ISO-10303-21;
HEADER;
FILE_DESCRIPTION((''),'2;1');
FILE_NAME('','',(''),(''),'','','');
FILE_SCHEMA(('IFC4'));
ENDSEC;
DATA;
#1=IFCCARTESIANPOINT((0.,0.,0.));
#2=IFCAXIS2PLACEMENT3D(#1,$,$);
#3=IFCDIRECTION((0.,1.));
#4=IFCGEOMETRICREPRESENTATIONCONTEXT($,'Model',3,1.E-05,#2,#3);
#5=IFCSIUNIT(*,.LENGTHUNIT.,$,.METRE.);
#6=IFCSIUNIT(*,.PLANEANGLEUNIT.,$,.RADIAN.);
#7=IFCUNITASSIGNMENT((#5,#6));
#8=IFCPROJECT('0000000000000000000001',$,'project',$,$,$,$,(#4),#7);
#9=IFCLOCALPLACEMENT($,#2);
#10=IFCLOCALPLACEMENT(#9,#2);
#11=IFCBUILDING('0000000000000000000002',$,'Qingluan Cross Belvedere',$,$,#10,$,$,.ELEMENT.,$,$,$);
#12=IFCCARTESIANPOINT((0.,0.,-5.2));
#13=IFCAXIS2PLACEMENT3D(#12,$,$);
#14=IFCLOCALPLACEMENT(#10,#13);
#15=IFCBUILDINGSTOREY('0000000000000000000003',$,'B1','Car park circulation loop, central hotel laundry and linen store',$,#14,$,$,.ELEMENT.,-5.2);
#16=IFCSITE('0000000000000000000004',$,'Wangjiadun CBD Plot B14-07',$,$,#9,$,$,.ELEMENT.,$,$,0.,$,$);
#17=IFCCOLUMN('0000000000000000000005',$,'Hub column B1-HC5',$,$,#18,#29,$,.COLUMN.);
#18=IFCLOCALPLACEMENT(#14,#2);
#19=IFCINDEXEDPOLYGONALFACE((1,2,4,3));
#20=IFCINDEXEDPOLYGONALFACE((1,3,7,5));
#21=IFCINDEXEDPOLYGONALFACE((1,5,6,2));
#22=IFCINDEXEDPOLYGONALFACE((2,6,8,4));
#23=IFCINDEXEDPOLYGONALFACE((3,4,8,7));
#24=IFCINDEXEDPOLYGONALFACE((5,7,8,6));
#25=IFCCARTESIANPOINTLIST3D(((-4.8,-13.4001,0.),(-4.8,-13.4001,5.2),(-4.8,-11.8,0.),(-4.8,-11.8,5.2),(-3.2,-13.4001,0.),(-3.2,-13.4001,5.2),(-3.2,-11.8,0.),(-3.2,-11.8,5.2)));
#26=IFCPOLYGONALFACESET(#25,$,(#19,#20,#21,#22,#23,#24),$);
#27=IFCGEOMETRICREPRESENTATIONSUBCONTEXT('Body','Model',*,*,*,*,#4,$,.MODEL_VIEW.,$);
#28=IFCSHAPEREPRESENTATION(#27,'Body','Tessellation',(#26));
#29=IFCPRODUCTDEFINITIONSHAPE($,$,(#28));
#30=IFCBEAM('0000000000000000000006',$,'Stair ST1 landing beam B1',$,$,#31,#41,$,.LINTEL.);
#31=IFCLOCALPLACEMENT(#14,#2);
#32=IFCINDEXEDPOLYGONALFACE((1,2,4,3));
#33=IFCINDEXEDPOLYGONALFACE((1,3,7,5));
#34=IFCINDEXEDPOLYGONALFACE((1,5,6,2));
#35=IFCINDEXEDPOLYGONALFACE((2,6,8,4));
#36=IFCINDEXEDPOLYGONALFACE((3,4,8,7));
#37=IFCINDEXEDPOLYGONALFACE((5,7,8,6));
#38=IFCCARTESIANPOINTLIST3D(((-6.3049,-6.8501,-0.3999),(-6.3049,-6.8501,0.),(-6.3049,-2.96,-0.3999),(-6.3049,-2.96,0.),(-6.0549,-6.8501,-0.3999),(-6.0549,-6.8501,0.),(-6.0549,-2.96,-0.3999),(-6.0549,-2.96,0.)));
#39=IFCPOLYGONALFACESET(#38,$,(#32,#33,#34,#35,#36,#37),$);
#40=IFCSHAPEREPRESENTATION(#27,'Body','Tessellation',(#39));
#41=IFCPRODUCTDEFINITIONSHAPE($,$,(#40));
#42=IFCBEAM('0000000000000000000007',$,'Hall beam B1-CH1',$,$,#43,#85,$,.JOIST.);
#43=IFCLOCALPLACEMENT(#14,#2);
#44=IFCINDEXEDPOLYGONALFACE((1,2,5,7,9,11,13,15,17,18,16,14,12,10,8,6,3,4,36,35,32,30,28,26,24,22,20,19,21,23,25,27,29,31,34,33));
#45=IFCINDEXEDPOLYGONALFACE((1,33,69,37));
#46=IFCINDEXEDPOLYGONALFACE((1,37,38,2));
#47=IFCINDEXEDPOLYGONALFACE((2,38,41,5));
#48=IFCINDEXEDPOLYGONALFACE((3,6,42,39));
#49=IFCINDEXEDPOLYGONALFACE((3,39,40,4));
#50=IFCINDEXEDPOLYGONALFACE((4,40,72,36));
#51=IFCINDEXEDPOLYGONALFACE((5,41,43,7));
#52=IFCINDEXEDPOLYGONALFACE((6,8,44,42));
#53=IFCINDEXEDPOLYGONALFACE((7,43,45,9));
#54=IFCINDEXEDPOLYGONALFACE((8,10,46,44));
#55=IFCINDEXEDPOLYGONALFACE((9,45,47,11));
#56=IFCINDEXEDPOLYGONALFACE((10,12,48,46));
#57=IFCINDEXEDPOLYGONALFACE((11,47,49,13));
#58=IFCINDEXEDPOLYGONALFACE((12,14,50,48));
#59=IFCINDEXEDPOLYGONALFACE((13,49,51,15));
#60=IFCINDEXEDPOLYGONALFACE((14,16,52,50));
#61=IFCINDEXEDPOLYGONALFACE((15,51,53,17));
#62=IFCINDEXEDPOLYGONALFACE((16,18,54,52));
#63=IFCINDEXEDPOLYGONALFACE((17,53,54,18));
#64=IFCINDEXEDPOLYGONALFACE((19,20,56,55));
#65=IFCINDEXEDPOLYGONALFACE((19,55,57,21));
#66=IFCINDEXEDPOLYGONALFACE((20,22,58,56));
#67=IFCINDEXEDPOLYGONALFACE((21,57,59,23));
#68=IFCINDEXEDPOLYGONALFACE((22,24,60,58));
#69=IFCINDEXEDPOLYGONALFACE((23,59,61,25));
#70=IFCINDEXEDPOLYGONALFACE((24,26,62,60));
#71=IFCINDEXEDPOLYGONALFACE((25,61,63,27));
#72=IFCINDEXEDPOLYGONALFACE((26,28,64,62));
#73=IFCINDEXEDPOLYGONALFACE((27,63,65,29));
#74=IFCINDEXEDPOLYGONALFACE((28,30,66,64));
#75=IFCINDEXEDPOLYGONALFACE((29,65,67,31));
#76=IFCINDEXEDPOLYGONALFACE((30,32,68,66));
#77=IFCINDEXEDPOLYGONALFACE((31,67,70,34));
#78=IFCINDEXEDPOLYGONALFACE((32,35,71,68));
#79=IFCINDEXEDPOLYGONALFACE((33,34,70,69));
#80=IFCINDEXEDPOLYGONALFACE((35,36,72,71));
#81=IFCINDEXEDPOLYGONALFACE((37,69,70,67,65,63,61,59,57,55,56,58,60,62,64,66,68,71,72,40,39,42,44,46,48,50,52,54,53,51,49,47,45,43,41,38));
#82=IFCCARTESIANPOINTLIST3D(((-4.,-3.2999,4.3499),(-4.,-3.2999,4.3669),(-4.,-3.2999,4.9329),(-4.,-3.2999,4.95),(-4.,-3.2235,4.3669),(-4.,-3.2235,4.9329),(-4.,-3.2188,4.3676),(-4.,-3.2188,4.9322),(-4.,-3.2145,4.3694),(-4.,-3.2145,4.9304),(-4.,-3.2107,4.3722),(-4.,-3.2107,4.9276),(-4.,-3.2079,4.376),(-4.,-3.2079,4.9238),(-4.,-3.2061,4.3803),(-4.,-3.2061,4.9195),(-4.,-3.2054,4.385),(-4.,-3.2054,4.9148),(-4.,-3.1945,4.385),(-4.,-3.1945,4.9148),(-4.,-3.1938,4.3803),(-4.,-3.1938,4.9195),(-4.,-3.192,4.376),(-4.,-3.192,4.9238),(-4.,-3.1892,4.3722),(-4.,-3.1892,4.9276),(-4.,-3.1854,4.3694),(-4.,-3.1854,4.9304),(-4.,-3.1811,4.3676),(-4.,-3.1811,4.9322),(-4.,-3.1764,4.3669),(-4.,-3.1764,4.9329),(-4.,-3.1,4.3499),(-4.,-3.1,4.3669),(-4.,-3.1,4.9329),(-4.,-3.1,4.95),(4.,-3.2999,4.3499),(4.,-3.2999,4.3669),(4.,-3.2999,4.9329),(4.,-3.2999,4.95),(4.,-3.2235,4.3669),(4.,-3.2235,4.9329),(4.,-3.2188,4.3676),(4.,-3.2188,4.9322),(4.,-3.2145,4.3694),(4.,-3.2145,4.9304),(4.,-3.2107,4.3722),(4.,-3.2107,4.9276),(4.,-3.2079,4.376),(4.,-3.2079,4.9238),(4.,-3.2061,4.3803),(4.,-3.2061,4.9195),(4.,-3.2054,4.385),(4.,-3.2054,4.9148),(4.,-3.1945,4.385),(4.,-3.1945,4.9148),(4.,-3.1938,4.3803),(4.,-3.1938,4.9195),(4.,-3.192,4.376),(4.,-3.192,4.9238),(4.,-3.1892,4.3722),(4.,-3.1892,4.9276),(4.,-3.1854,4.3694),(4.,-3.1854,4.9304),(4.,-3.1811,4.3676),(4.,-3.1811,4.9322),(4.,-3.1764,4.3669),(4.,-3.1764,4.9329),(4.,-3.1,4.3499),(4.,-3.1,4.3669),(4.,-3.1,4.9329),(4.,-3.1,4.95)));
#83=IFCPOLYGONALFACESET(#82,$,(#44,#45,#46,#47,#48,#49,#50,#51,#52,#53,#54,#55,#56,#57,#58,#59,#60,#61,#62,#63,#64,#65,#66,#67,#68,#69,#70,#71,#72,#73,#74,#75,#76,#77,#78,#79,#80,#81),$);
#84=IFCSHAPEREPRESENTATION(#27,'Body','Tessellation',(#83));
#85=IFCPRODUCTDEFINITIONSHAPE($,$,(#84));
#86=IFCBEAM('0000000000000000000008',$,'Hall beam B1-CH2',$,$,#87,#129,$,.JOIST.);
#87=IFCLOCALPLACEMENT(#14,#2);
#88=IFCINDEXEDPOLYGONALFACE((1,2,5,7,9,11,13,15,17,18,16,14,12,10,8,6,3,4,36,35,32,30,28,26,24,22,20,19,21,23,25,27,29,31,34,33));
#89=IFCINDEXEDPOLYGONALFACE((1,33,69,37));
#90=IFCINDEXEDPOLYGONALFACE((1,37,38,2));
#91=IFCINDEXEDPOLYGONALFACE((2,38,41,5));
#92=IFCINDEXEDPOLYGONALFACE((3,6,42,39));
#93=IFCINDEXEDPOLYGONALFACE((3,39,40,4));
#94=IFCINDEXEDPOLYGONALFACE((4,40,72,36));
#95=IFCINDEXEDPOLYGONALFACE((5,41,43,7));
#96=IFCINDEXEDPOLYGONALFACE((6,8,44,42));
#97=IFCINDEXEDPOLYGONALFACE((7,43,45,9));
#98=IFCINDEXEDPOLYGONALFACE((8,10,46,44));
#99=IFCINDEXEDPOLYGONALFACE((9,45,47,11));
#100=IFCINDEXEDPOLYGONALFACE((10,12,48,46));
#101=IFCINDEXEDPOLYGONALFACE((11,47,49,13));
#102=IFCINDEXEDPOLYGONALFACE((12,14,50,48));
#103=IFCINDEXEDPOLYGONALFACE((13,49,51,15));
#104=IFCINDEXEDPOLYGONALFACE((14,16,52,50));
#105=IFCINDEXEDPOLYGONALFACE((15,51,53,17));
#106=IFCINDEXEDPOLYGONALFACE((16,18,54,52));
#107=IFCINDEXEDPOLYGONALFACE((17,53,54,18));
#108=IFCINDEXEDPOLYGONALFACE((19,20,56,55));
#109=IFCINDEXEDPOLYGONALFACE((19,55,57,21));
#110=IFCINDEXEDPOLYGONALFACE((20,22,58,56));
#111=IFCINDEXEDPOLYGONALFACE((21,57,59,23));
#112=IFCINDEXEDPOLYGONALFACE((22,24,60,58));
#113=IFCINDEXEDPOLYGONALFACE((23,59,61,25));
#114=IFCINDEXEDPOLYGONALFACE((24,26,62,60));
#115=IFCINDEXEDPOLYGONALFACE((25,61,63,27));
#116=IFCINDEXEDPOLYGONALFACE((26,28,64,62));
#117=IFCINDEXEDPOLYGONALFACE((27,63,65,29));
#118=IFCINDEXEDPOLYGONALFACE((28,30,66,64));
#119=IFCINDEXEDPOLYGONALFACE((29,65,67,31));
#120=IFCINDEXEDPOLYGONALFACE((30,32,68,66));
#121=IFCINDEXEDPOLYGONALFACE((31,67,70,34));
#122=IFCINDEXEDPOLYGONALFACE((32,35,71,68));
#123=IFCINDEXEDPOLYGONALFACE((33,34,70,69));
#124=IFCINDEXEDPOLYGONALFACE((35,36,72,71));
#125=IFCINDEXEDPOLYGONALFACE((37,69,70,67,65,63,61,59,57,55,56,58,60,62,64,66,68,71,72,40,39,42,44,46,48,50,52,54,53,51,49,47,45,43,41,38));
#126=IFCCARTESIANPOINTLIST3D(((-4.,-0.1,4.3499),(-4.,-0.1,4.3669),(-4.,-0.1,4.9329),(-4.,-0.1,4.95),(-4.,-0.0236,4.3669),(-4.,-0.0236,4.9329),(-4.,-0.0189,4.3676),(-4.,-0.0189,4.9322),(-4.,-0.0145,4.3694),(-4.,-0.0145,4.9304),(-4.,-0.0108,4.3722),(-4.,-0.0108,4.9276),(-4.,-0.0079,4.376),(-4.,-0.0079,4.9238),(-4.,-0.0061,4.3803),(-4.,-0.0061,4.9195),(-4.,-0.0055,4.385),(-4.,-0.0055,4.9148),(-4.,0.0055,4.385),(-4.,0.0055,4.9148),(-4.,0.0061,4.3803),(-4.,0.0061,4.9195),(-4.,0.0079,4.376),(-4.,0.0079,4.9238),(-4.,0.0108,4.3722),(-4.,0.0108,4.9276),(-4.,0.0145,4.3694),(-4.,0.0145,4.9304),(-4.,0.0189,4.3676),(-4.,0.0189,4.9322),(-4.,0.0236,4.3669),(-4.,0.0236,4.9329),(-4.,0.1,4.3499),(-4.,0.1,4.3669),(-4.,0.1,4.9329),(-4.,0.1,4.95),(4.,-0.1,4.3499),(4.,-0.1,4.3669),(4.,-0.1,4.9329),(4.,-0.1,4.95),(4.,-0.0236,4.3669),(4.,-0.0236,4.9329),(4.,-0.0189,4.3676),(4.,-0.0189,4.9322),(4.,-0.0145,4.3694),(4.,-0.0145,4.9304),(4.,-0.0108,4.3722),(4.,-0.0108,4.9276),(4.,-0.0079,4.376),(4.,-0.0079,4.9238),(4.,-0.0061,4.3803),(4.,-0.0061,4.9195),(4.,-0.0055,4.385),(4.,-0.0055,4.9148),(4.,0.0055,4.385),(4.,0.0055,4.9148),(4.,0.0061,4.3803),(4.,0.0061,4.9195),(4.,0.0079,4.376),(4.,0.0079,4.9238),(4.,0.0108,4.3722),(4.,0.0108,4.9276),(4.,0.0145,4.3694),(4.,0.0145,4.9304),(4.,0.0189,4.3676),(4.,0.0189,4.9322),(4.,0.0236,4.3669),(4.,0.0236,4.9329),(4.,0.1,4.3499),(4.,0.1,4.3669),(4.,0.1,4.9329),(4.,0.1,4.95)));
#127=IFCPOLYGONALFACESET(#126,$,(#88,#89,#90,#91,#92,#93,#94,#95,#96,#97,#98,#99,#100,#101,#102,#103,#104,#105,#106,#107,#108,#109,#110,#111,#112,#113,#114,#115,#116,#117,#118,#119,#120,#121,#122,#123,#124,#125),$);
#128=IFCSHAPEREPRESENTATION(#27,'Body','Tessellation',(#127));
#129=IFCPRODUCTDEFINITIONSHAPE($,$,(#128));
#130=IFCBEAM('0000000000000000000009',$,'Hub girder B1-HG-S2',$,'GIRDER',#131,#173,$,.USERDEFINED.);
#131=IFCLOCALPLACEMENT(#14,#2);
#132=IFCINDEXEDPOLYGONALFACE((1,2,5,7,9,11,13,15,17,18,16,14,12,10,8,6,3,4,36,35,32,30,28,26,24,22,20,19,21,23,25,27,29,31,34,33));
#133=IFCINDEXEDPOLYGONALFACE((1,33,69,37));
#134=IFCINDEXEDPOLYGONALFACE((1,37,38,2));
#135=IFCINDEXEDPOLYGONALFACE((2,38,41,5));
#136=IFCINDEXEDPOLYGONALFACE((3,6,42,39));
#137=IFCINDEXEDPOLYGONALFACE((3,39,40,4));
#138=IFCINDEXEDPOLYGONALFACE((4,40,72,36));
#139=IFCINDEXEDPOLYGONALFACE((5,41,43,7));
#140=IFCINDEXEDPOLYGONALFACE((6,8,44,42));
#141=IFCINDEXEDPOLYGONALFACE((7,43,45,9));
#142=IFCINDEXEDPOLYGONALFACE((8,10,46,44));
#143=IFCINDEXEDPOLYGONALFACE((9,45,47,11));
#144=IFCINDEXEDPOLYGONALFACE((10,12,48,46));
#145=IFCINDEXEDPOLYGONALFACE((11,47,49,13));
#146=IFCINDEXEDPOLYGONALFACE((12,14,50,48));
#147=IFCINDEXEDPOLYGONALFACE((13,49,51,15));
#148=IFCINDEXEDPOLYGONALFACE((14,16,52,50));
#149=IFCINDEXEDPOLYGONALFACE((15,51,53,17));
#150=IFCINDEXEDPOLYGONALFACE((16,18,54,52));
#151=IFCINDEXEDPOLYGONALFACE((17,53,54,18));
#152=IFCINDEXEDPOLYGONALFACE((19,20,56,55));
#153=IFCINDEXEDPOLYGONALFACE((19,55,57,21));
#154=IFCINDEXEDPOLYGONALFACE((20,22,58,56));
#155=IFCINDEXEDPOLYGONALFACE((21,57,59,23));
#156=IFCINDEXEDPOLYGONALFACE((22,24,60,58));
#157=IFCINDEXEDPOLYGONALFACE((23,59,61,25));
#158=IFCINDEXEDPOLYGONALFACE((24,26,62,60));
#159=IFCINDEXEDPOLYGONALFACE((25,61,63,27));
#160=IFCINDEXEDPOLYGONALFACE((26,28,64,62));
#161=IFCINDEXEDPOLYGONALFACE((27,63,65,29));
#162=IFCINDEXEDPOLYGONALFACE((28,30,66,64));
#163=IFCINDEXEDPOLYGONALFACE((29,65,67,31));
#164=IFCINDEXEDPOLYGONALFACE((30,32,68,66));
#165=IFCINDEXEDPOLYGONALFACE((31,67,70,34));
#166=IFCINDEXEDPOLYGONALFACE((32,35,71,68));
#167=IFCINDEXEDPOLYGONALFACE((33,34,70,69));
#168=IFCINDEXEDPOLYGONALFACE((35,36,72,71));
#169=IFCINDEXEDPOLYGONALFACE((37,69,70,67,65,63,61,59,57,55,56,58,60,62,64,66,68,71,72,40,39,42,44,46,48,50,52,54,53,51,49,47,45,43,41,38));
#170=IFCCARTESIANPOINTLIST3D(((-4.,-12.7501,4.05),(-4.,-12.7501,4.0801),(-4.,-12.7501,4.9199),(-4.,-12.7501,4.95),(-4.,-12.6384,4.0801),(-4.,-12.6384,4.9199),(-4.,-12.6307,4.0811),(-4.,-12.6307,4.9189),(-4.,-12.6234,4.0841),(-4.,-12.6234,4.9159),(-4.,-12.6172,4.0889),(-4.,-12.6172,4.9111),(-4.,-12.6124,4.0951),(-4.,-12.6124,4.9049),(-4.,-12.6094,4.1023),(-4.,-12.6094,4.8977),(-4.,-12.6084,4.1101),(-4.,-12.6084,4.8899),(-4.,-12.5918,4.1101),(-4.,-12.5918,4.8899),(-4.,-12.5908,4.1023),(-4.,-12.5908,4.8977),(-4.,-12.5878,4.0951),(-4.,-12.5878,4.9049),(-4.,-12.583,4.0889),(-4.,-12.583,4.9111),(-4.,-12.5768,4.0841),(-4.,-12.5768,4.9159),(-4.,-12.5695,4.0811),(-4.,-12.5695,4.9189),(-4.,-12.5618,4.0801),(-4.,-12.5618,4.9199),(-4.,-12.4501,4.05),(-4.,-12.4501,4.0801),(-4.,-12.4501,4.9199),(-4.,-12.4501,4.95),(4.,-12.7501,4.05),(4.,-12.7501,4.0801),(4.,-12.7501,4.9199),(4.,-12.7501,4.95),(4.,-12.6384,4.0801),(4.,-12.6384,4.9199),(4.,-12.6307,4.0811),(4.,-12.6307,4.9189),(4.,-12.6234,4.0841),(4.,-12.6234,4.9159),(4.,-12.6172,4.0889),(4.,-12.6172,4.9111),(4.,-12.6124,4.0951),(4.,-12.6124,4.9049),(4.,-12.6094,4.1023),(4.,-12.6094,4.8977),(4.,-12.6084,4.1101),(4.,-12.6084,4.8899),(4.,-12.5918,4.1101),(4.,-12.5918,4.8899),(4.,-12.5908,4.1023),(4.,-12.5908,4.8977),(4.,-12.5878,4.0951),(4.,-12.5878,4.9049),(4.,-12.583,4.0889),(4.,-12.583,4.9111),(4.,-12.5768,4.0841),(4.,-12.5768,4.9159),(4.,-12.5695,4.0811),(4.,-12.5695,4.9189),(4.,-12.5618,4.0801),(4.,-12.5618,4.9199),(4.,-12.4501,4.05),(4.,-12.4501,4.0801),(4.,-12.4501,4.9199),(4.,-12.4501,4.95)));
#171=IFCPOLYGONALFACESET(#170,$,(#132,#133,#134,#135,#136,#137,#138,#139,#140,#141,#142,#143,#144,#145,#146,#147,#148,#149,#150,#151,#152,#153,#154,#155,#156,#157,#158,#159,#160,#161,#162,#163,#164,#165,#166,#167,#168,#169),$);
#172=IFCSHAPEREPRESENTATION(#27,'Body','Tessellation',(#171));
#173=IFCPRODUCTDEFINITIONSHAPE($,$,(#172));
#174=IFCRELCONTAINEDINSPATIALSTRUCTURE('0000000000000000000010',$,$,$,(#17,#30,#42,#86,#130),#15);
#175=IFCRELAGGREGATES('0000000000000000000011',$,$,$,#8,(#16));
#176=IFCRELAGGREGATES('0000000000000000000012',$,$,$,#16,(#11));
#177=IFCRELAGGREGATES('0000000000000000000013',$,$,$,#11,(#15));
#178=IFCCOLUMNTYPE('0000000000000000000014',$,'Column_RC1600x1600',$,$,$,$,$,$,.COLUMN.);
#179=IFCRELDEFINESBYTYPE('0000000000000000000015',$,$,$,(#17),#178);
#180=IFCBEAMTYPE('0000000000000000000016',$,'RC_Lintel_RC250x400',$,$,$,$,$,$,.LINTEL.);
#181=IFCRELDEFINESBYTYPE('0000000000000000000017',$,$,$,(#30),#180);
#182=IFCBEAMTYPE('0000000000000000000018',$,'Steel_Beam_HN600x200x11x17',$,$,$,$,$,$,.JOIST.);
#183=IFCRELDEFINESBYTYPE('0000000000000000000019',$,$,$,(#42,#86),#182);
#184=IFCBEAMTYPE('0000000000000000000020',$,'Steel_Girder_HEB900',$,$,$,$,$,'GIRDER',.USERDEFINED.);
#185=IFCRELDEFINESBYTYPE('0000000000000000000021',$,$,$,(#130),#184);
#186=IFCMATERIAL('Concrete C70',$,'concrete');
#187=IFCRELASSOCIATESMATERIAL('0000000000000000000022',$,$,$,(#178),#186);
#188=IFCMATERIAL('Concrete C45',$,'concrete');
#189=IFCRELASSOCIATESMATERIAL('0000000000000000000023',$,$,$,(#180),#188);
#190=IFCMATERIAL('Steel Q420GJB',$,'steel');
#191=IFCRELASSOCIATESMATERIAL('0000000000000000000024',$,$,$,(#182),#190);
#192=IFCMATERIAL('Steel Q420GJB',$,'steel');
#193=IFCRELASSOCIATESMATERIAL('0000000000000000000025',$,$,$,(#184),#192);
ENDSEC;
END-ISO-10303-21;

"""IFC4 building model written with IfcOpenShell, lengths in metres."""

from ifc_helpers import new_model, si_unit, direction, frame, origin, origin_2d, place, context, subcontext, project, spatial, rectangle, i_section, extrude, material, material_profile, profile_set, type_object, element, save


model = new_model("IFC4")

# Units and contexts
model_context = context("Model", 3, precision=1e-05, world=origin(), true_north=direction((0.0, 1.0)))
body_context = subcontext(model_context, "Body", "Model", "MODEL_VIEW")
ifc_project = project(units=[si_unit("LENGTHUNIT", "METRE"), si_unit("PLANEANGLEUNIT", "RADIAN")], contexts=[model_context])

# Site, building, storey
site_placement = place(None, origin())
site = spatial("IfcSite", under=ifc_project, at=site_placement, Name="Wangjiadun CBD Plot B14-07", CompositionType="ELEMENT", RefElevation=0.0)
building_placement = place(site_placement, origin())
building = spatial("IfcBuilding", under=site, at=building_placement, Name="Qingluan Cross Belvedere", CompositionType="ELEMENT")
storey_placement = place(building_placement, frame((0.0, 0.0, -5.2)))
storey = spatial("IfcBuildingStorey", under=building, at=storey_placement, Name="B1", Description="Car park circulation loop, central hotel laundry and linen store", CompositionType="ELEMENT", Elevation=-5.2)

# Column
ifc_material_1 = material(Name="Concrete C70", Category="concrete")
ifc_material_profile_1 = material_profile(ifc_material_1, rectangle(XDim=1.6001, YDim=1.6001, at=origin_2d()), Name="RC1600x1600")
ifc_profile_set_1 = profile_set([ifc_material_profile_1], Name="Concrete C70")
column_type = type_object("IfcColumnType", Name="Column_RC1600x1600", PredefinedType="COLUMN", material=ifc_profile_set_1)
column_placement = place(storey_placement, frame((-4.0, -12.6001, 0.0), z_axis=(0.0, 0.0, 1.0), x_axis=(1.0, 0.0, 0.0)))
element("IfcColumn", 1, at=column_placement, inside=storey, type_object=column_type, Name="Hub column B1-HC5", PredefinedType="COLUMN", context=body_context, shape_type="SweptSolid", body=[
    extrude(rectangle(XDim=1.6001, YDim=1.6001, at=origin_2d()), origin(), (0.0, 0.0, 1.0), 5.2),
])

# Beams
ifc_material_2 = material(Name="Concrete C45", Category="concrete")
ifc_material_profile_2 = material_profile(ifc_material_2, rectangle(XDim=0.25, YDim=0.3999, at=origin_2d()), Name="RC250x400")
ifc_profile_set_2 = profile_set([ifc_material_profile_2], Name="Concrete C45")
beam_type_1 = type_object("IfcBeamType", Name="RC_Lintel_RC250x400", PredefinedType="LINTEL", material=ifc_profile_set_2)
beam_1_placement = place(storey_placement, frame((-6.1799, -6.8501, -0.2), z_axis=(0.0, 1.0, 0.0), x_axis=(-1.0, 0.0, 0.0)))
element("IfcBeam", 2, at=beam_1_placement, inside=storey, type_object=beam_type_1, Name="Stair ST1 landing beam B1", PredefinedType="LINTEL", context=body_context, shape_type="SweptSolid", body=[
    extrude(rectangle(XDim=0.25, YDim=0.3999, at=origin_2d()), origin(), (0.0, 0.0, 1.0), 3.8901),
])
ifc_material_3 = material(Name="Steel Q420GJB", Category="steel")
ifc_material_profile_3 = material_profile(ifc_material_3, i_section(OverallWidth=0.2, OverallDepth=0.6001, WebThickness=0.011, FlangeThickness=0.0171, FilletRadius=0.0181, at=origin_2d()), Name="HN600x200x11x17")
ifc_profile_set_3 = profile_set([ifc_material_profile_3], Name="Steel Q420GJB")
beam_type_2 = type_object("IfcBeamType", Name="Steel_Beam_HN600x200x11x17", PredefinedType="JOIST", material=ifc_profile_set_3)
for number, where, z_axis, x_axis, name in (
    (3, (-4.0, -3.2, 4.6499), (1.0, 0.0, 0.0), (0.0, 1.0, 0.0), "Hall beam B1-CH1"),
    (4, (-4.0, 0.0, 4.6499), (1.0, 0.0, 0.0), (0.0, 1.0, 0.0), "Hall beam B1-CH2"),
):
    element("IfcBeam", number, at=place(storey_placement, frame(where, z_axis=z_axis, x_axis=x_axis)), inside=storey, type_object=beam_type_2, Name=name, PredefinedType="JOIST", context=body_context, shape_type="SweptSolid", body=[
        extrude(i_section(OverallWidth=0.2, OverallDepth=0.6001, WebThickness=0.011, FlangeThickness=0.0171, FilletRadius=0.0181, at=origin_2d()), origin(), (0.0, 0.0, 1.0), 8.0),
    ])
ifc_material_4 = material(Name="Steel Q420GJB", Category="steel")
ifc_material_profile_4 = material_profile(ifc_material_4, i_section(OverallWidth=0.3, OverallDepth=0.8999, WebThickness=0.0166, FlangeThickness=0.03, FilletRadius=0.03, at=origin_2d()), Name="HEB900")
ifc_profile_set_4 = profile_set([ifc_material_profile_4], Name="Steel Q420GJB")
beam_type_3 = type_object("IfcBeamType", Name="Steel_Girder_HEB900", ElementType="GIRDER", PredefinedType="USERDEFINED", material=ifc_profile_set_4)
beam_2_placement = place(storey_placement, frame((-4.0, -12.6001, 4.5), z_axis=(1.0, 0.0, 0.0), x_axis=(0.0, 1.0, 0.0)))
element("IfcBeam", 5, at=beam_2_placement, inside=storey, type_object=beam_type_3, Name="Hub girder B1-HG-S2", ObjectType="GIRDER", PredefinedType="USERDEFINED", context=body_context, shape_type="SweptSolid", body=[
    extrude(i_section(OverallWidth=0.3, OverallDepth=0.8999, WebThickness=0.0166, FlangeThickness=0.03, FilletRadius=0.03, at=origin_2d()), origin(), (0.0, 0.0, 1.0), 8.0),
])

save(model, "model.ifc")
